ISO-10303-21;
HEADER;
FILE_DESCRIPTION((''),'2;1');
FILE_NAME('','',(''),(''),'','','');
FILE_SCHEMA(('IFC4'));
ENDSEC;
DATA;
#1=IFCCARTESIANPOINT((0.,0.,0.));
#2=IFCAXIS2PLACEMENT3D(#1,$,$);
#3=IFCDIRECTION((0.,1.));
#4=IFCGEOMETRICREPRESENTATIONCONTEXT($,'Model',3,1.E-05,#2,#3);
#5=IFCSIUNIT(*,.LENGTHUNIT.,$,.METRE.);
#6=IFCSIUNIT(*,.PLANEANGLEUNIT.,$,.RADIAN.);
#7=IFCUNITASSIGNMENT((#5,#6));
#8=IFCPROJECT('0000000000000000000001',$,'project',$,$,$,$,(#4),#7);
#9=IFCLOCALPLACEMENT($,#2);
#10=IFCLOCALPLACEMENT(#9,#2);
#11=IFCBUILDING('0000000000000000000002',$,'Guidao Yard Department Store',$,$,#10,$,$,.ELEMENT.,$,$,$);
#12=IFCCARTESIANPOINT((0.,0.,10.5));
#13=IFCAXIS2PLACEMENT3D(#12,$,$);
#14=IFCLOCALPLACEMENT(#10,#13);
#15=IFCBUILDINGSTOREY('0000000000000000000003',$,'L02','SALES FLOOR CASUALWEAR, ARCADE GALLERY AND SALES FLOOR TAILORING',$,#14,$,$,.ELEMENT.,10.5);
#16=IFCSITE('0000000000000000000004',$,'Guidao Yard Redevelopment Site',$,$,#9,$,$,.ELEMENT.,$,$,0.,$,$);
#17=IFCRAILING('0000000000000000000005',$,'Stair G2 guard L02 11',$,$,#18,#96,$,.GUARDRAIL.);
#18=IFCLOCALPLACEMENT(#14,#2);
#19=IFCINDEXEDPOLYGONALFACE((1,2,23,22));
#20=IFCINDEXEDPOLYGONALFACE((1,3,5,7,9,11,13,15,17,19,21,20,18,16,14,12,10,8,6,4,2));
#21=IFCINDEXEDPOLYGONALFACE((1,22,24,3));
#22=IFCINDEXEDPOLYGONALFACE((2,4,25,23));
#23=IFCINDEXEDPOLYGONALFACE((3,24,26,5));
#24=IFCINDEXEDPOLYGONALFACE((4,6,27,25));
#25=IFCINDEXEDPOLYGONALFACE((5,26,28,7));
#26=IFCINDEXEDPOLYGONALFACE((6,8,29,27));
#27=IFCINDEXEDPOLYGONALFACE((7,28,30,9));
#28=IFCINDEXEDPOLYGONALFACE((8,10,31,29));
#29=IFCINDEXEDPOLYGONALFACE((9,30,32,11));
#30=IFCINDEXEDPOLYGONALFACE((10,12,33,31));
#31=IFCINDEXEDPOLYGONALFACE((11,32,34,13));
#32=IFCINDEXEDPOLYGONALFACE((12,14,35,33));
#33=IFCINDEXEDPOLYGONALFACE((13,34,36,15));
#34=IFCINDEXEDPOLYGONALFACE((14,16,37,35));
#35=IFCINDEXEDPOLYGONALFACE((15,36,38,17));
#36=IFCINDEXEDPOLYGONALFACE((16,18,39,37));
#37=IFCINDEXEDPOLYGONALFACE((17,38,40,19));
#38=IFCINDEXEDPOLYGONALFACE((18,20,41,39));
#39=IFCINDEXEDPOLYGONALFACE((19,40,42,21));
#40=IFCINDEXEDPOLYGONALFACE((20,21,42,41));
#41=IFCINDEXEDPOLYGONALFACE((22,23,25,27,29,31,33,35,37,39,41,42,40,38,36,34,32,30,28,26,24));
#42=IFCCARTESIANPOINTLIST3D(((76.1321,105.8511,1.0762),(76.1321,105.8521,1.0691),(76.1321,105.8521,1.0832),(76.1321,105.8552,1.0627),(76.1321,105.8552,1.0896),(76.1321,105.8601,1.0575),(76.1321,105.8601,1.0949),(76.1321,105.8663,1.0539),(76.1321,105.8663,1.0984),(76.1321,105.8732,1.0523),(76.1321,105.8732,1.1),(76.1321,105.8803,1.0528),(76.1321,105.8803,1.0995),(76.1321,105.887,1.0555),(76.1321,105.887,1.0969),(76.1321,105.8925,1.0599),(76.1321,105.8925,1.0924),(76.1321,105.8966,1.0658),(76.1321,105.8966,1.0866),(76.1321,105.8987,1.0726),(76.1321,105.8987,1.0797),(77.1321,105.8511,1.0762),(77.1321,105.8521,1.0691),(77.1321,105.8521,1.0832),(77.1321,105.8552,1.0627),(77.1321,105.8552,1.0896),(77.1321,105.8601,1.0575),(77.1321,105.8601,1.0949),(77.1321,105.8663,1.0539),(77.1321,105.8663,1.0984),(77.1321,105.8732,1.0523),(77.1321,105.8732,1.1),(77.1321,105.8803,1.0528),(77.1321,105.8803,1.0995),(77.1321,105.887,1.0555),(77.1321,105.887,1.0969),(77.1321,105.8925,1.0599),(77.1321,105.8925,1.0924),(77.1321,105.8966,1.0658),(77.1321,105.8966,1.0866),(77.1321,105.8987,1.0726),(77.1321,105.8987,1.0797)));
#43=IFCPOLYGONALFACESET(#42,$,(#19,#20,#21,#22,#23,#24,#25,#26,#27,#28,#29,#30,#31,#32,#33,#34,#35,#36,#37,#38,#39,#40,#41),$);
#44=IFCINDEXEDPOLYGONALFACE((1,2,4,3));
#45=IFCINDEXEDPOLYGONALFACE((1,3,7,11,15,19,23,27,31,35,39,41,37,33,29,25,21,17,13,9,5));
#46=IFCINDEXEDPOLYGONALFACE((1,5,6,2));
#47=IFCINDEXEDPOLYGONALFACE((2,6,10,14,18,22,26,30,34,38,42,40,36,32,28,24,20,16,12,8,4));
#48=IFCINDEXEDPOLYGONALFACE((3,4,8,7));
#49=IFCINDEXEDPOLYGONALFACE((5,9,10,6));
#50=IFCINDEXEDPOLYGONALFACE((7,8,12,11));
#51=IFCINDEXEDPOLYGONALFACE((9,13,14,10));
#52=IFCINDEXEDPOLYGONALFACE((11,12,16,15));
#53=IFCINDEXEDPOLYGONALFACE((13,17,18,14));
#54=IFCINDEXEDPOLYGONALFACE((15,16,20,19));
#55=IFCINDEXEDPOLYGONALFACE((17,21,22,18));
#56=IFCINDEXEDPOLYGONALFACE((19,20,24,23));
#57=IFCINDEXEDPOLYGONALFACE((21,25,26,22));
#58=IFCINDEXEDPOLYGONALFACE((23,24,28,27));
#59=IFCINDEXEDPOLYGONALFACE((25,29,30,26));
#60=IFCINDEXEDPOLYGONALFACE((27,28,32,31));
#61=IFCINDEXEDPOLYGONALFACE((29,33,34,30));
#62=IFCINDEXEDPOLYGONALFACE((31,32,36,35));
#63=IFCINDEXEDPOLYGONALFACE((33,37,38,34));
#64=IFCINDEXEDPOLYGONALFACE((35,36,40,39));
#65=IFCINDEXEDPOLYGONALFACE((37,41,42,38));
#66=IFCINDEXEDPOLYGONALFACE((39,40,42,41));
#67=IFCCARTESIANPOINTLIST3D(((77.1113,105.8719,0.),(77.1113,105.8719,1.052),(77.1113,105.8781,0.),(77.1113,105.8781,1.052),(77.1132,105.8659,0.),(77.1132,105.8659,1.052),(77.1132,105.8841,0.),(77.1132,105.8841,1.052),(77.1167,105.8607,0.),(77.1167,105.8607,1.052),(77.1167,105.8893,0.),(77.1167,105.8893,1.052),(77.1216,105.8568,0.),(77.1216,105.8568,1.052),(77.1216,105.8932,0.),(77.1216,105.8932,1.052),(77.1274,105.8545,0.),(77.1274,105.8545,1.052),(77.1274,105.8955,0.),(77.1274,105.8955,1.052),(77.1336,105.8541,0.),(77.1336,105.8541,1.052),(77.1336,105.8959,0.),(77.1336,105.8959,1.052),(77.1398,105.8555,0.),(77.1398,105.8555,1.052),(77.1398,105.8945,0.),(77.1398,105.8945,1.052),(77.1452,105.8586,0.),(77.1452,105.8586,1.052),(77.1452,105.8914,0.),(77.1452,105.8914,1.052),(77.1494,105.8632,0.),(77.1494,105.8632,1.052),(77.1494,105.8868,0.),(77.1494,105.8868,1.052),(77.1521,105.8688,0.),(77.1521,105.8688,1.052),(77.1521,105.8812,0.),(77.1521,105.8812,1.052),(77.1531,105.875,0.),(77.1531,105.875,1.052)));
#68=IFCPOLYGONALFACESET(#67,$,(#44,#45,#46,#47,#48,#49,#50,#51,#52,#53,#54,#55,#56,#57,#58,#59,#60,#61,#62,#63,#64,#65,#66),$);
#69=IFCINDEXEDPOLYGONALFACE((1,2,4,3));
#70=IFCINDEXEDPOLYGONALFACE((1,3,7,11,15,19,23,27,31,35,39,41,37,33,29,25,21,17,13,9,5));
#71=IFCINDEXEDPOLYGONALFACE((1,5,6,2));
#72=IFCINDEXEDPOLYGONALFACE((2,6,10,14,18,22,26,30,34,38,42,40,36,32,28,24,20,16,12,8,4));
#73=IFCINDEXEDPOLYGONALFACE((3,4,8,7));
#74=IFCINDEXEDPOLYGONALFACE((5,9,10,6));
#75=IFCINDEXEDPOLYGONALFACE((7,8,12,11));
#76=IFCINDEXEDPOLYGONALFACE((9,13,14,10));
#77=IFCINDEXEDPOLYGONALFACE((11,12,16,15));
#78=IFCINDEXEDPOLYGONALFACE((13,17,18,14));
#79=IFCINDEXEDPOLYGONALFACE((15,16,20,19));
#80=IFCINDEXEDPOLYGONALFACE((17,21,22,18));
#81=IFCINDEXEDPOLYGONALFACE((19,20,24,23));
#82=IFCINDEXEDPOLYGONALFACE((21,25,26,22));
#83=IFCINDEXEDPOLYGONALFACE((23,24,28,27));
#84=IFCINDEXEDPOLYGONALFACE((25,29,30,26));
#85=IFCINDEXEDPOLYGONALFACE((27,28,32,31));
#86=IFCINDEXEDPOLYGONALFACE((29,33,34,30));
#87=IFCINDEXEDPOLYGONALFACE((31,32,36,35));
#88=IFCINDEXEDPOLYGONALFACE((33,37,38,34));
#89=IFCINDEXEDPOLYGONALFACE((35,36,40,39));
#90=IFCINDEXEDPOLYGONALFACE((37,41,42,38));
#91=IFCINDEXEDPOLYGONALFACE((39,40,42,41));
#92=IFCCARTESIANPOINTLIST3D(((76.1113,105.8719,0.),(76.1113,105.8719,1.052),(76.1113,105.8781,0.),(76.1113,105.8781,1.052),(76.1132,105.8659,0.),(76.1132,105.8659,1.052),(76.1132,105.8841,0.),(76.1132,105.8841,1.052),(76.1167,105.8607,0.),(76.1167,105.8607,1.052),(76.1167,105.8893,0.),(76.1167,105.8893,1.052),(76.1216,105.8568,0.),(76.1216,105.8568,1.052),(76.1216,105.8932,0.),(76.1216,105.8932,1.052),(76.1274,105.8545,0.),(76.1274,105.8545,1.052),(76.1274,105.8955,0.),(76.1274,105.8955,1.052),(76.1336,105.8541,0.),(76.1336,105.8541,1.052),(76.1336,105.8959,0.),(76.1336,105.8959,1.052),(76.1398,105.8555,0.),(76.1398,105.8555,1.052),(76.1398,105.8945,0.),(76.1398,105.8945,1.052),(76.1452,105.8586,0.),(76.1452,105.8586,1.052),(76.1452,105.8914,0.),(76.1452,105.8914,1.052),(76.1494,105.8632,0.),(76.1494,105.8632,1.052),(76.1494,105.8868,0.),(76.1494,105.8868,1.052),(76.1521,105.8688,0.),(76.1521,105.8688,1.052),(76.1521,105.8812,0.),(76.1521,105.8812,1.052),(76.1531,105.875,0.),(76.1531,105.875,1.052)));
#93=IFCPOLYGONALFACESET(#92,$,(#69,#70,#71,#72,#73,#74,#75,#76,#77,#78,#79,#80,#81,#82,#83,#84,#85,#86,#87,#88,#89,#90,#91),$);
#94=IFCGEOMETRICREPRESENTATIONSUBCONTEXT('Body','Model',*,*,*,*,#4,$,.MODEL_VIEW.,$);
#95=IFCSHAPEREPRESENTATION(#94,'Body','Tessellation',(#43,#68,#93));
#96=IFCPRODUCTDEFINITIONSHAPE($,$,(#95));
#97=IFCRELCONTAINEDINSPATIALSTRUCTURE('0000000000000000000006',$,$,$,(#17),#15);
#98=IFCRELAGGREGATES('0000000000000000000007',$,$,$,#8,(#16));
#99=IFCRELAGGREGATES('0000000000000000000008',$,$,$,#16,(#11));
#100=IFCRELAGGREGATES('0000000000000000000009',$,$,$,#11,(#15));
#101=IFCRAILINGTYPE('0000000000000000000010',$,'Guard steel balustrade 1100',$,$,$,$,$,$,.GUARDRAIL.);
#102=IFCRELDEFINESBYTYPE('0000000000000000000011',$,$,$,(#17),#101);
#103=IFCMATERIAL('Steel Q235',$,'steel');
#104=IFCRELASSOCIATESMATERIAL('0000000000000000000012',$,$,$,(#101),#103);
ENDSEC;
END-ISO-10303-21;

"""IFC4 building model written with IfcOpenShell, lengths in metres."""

from ifc_helpers import new_model, si_unit, direction, frame, origin, origin_2d, place, context, subcontext, project, spatial, circle, extrude, material, type_object, element, save


model = new_model("IFC4")

# Units and contexts
model_context = context("Model", 3, precision=1e-05, world=origin(), true_north=direction((0.0, 1.0)))
body_context = subcontext(model_context, "Body", "Model", "MODEL_VIEW")
ifc_project = project(units=[si_unit("LENGTHUNIT", "METRE"), si_unit("PLANEANGLEUNIT", "RADIAN")], contexts=[model_context])

# Site, building, storey
site_placement = place(None, origin())
site = spatial("IfcSite", under=ifc_project, at=site_placement, Name="Guidao Yard Redevelopment Site", CompositionType="ELEMENT", RefElevation=0.0)
building_placement = place(site_placement, origin())
building = spatial("IfcBuilding", under=site, at=building_placement, Name="Guidao Yard Department Store", CompositionType="ELEMENT")
storey_placement = place(building_placement, frame((0.0, 0.0, 10.5)))
storey = spatial("IfcBuildingStorey", under=building, at=storey_placement, Name="L02", Description="SALES FLOOR CASUALWEAR, ARCADE GALLERY AND SALES FLOOR TAILORING", CompositionType="ELEMENT", Elevation=10.5)

# Railing
ifc_material_1 = material(Name="Steel Q235", Category="steel")
railing_type_1 = type_object("IfcRailingType", Name="Guard steel balustrade 1100", PredefinedType="GUARDRAIL", material=ifc_material_1)
railing_1_placement = place(storey_placement, frame((77.1321, 105.875, 0.0)))
element("IfcRailing", 1, at=railing_1_placement, inside=storey, type_object=railing_type_1, Name="Stair G2 guard L02 11", PredefinedType="GUARDRAIL", context=body_context, shape_type="SweptSolid", body=[
    extrude(circle(Radius=0.0239, at=origin_2d()), frame((0.0, 0.0, 1.0762), z_axis=(-1.0, 0.0, 0.0), x_axis=(0.0, -1.0, 0.0)), (0.0, 0.0, 1.0), 1.0),
    extrude(circle(Radius=0.021, at=origin_2d()), origin(), (0.0, 0.0, 1.0), 1.052),
    extrude(circle(Radius=0.021, at=origin_2d()), frame((-1.0, 0.0, 0.0)), (0.0, 0.0, 1.0), 1.052),
])

save(model, "model.ifc")
